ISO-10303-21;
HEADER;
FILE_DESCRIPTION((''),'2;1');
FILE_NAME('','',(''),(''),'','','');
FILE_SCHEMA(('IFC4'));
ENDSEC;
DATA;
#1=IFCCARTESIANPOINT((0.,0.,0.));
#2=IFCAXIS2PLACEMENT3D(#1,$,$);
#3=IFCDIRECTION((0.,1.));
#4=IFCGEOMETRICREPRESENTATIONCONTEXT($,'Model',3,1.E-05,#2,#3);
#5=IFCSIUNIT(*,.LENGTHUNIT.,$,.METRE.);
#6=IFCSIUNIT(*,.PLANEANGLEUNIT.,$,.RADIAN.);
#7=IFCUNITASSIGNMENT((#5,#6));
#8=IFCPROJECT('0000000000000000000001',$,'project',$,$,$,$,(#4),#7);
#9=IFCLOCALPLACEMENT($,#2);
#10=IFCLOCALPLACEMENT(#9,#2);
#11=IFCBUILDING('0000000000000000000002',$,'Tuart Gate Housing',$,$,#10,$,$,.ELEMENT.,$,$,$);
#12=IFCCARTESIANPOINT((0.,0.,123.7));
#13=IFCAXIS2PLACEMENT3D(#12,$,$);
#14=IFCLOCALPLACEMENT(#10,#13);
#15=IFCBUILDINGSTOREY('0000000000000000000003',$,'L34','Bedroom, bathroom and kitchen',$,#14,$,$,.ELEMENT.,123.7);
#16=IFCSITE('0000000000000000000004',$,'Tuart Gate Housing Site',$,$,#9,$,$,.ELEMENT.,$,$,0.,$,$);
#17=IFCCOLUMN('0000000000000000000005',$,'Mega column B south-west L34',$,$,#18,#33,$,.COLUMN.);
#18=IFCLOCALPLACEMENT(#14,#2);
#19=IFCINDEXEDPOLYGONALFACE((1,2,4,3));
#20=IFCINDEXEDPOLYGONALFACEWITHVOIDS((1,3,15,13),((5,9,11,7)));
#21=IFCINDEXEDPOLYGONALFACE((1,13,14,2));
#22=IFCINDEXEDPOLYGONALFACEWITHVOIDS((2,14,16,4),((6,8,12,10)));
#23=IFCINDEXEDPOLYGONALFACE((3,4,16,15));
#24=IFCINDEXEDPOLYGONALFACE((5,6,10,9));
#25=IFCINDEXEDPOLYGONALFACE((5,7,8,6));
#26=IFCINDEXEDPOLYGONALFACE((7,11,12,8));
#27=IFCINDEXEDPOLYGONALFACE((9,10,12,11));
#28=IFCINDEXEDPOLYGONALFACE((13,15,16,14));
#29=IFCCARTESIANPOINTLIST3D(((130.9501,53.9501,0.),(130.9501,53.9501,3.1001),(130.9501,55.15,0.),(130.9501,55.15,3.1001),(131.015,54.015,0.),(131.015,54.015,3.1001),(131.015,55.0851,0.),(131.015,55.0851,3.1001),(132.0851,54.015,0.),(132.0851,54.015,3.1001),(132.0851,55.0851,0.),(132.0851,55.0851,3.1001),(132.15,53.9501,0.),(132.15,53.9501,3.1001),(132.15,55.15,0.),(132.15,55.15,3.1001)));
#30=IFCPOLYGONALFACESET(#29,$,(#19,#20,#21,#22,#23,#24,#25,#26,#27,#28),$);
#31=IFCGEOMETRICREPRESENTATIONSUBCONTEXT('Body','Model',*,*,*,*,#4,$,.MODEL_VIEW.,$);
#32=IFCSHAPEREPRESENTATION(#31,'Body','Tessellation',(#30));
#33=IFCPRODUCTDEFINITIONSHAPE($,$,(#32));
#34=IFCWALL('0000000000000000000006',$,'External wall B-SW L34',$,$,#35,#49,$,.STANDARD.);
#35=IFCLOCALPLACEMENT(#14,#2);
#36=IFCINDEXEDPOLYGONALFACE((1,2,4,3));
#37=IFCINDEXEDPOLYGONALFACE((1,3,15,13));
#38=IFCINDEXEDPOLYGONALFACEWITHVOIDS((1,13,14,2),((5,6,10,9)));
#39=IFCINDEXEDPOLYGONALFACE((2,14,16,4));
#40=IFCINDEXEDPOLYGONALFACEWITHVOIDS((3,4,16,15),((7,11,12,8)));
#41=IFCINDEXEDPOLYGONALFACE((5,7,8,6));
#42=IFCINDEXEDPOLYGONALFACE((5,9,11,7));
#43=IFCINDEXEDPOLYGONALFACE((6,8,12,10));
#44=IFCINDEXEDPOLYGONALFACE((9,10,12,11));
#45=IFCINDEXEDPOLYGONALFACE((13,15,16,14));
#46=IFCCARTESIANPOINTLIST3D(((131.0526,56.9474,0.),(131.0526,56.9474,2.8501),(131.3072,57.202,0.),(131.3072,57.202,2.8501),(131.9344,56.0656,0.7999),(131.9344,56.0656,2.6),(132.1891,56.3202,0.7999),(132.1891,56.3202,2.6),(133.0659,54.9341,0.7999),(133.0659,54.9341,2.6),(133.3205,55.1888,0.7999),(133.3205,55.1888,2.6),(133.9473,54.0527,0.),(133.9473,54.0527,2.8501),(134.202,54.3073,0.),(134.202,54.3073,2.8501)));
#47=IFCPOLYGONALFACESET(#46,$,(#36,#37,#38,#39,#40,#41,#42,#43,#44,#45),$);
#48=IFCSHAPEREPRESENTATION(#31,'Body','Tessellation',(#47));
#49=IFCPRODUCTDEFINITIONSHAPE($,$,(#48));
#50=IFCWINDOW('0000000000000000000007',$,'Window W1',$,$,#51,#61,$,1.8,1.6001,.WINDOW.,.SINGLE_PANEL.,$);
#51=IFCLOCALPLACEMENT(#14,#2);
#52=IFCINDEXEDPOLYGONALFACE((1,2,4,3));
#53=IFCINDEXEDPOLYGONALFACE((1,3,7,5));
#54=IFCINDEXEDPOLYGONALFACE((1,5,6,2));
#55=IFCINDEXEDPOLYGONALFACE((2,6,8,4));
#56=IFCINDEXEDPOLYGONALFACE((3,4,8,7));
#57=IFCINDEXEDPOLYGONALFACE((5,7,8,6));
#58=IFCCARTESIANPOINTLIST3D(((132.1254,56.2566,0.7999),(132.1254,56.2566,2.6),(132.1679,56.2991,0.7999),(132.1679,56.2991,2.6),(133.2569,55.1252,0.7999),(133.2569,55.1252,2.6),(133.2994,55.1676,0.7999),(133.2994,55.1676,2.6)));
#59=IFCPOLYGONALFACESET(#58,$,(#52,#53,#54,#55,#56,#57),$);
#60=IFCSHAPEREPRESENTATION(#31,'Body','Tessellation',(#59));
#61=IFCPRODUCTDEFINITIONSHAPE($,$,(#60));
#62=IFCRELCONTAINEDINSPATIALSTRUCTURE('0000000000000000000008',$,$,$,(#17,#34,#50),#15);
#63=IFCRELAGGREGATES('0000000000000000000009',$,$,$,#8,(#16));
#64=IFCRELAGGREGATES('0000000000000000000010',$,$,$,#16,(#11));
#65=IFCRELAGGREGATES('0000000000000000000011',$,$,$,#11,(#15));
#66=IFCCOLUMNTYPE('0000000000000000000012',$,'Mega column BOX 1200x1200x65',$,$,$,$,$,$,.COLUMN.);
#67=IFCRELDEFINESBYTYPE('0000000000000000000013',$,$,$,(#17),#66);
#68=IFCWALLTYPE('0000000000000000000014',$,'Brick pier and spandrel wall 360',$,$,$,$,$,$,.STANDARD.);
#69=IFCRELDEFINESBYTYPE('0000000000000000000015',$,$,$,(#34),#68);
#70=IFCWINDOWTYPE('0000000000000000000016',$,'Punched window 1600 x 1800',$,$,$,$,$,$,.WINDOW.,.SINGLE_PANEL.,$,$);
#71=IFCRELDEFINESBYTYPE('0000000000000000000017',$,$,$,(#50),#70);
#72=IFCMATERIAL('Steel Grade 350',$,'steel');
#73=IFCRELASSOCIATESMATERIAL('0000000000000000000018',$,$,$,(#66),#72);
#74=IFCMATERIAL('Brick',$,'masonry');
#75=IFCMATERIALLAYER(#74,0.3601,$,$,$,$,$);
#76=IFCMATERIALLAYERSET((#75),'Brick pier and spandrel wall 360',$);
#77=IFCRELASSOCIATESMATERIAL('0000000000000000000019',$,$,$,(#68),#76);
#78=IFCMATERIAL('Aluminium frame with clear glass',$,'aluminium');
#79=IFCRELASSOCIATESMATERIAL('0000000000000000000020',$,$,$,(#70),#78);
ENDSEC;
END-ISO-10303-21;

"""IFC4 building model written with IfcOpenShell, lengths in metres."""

from ifc_helpers import new_model, si_unit, direction, frame, frame_2d, origin, origin_2d, place, context, subcontext, project, spatial, rectangle, hollow_rectangle, extrude, material, layer, layer_set, material_profile, profile_set, type_object, element, fill, save


model = new_model("IFC4")

# Units and contexts
model_context = context("Model", 3, precision=1e-05, world=origin(), true_north=direction((0.0, 1.0)))
body_context = subcontext(model_context, "Body", "Model", "MODEL_VIEW")
ifc_project = project(units=[si_unit("LENGTHUNIT", "METRE"), si_unit("PLANEANGLEUNIT", "RADIAN")], contexts=[model_context])

# Site, building, storey
site_placement = place(None, origin())
site = spatial("IfcSite", under=ifc_project, at=site_placement, Name="Tuart Gate Housing Site", CompositionType="ELEMENT", RefElevation=0.0)
building_placement = place(site_placement, origin())
building = spatial("IfcBuilding", under=site, at=building_placement, Name="Tuart Gate Housing", CompositionType="ELEMENT")
storey_placement = place(building_placement, frame((0.0, 0.0, 123.7)))
storey = spatial("IfcBuildingStorey", under=building, at=storey_placement, Name="L34", Description="Bedroom, bathroom and kitchen", CompositionType="ELEMENT", Elevation=123.7)

# Column
ifc_material_1 = material(Name="Steel Grade 350", Category="steel")
ifc_material_profile = material_profile(ifc_material_1, hollow_rectangle(XDim=1.2, YDim=1.2, WallThickness=0.0649, at=origin_2d()), Name="BOX 1200x1200x65")
ifc_profile_set = profile_set([ifc_material_profile], Name="Steel Grade 350")
column_type = type_object("IfcColumnType", Name="Mega column BOX 1200x1200x65", PredefinedType="COLUMN", material=ifc_profile_set)
column_placement = place(storey_placement, frame((131.55, 54.55, 0.0), z_axis=(0.0, 0.0, 1.0), x_axis=(1.0, 0.0, 0.0)))
element("IfcColumn", 1, at=column_placement, inside=storey, type_object=column_type, Name="Mega column B south-west L34", PredefinedType="COLUMN", context=body_context, shape_type="SweptSolid", body=[
    extrude(hollow_rectangle(XDim=1.2, YDim=1.2, WallThickness=0.0649, at=origin_2d()), origin(), (0.0, 0.0, 1.0), 3.1001),
])

# Wall, opening, window
ifc_material_2 = material(Name="Brick", Category="masonry")
ifc_layer = layer(ifc_material_2, 0.3601)
ifc_layer_set = layer_set([ifc_layer], Name="Brick pier and spandrel wall 360")
wall_type = type_object("IfcWallType", Name="Brick pier and spandrel wall 360", PredefinedType="STANDARD", material=ifc_layer_set)
wall_1_placement = place(storey_placement, frame((131.1799, 57.0747, 0.0), z_axis=(0.0, 0.0, 1.0), x_axis=(0.707107, -0.707107, 0.0)))
wall_1 = element("IfcWall", 2, at=wall_1_placement, inside=storey, type_object=wall_type, Name="External wall B-SW L34", PredefinedType="STANDARD", context=body_context, shape_type="SweptSolid", body=[
    extrude(rectangle(XDim=4.0938, YDim=0.3601, at=frame_2d((2.0469, 0.0))), origin(), (0.0, 0.0, 1.0), 2.8501),
])
opening_1_placement = place(wall_1_placement, frame((1.2471, 0.0, 0.8)))
opening_1 = element("IfcOpeningElement", 3, at=opening_1_placement, cuts=wall_1, PredefinedType="OPENING", context=body_context, shape_type="SweptSolid", body=[
    extrude(rectangle(XDim=1.6001, YDim=1.8, at=frame_2d((0.8, 0.8999))), frame((0.0, 0.1899, 0.0), z_axis=(0.0, -1.0, 0.0), x_axis=(1.0, 0.0, 0.0)), (0.0, 0.0, 1.0), 0.3801),
])
ifc_material_3 = material(Name="Aluminium frame with clear glass", Category="aluminium")
window_type_1 = type_object("IfcWindowType", Name="Punched window 1600 x 1800", PartitioningType="SINGLE_PANEL", PredefinedType="WINDOW", material=ifc_material_3)
window_1_placement = place(opening_1_placement, origin())
window_1 = element("IfcWindow", 4, at=window_1_placement, inside=storey, type_object=window_type_1, Name="Window W1", OverallHeight=1.8, OverallWidth=1.6001, PartitioningType="SINGLE_PANEL", PredefinedType="WINDOW", context=body_context, shape_type="SweptSolid", body=[
    extrude(rectangle(XDim=1.6001, YDim=1.8, at=frame_2d((0.8, 0.8999))), frame((0.0, 0.1501, 0.0), z_axis=(0.0, -1.0, 0.0), x_axis=(1.0, 0.0, 0.0)), (0.0, 0.0, 1.0), 0.0601),
])
fill(opening_1, window_1)

save(model, "model.ifc")
